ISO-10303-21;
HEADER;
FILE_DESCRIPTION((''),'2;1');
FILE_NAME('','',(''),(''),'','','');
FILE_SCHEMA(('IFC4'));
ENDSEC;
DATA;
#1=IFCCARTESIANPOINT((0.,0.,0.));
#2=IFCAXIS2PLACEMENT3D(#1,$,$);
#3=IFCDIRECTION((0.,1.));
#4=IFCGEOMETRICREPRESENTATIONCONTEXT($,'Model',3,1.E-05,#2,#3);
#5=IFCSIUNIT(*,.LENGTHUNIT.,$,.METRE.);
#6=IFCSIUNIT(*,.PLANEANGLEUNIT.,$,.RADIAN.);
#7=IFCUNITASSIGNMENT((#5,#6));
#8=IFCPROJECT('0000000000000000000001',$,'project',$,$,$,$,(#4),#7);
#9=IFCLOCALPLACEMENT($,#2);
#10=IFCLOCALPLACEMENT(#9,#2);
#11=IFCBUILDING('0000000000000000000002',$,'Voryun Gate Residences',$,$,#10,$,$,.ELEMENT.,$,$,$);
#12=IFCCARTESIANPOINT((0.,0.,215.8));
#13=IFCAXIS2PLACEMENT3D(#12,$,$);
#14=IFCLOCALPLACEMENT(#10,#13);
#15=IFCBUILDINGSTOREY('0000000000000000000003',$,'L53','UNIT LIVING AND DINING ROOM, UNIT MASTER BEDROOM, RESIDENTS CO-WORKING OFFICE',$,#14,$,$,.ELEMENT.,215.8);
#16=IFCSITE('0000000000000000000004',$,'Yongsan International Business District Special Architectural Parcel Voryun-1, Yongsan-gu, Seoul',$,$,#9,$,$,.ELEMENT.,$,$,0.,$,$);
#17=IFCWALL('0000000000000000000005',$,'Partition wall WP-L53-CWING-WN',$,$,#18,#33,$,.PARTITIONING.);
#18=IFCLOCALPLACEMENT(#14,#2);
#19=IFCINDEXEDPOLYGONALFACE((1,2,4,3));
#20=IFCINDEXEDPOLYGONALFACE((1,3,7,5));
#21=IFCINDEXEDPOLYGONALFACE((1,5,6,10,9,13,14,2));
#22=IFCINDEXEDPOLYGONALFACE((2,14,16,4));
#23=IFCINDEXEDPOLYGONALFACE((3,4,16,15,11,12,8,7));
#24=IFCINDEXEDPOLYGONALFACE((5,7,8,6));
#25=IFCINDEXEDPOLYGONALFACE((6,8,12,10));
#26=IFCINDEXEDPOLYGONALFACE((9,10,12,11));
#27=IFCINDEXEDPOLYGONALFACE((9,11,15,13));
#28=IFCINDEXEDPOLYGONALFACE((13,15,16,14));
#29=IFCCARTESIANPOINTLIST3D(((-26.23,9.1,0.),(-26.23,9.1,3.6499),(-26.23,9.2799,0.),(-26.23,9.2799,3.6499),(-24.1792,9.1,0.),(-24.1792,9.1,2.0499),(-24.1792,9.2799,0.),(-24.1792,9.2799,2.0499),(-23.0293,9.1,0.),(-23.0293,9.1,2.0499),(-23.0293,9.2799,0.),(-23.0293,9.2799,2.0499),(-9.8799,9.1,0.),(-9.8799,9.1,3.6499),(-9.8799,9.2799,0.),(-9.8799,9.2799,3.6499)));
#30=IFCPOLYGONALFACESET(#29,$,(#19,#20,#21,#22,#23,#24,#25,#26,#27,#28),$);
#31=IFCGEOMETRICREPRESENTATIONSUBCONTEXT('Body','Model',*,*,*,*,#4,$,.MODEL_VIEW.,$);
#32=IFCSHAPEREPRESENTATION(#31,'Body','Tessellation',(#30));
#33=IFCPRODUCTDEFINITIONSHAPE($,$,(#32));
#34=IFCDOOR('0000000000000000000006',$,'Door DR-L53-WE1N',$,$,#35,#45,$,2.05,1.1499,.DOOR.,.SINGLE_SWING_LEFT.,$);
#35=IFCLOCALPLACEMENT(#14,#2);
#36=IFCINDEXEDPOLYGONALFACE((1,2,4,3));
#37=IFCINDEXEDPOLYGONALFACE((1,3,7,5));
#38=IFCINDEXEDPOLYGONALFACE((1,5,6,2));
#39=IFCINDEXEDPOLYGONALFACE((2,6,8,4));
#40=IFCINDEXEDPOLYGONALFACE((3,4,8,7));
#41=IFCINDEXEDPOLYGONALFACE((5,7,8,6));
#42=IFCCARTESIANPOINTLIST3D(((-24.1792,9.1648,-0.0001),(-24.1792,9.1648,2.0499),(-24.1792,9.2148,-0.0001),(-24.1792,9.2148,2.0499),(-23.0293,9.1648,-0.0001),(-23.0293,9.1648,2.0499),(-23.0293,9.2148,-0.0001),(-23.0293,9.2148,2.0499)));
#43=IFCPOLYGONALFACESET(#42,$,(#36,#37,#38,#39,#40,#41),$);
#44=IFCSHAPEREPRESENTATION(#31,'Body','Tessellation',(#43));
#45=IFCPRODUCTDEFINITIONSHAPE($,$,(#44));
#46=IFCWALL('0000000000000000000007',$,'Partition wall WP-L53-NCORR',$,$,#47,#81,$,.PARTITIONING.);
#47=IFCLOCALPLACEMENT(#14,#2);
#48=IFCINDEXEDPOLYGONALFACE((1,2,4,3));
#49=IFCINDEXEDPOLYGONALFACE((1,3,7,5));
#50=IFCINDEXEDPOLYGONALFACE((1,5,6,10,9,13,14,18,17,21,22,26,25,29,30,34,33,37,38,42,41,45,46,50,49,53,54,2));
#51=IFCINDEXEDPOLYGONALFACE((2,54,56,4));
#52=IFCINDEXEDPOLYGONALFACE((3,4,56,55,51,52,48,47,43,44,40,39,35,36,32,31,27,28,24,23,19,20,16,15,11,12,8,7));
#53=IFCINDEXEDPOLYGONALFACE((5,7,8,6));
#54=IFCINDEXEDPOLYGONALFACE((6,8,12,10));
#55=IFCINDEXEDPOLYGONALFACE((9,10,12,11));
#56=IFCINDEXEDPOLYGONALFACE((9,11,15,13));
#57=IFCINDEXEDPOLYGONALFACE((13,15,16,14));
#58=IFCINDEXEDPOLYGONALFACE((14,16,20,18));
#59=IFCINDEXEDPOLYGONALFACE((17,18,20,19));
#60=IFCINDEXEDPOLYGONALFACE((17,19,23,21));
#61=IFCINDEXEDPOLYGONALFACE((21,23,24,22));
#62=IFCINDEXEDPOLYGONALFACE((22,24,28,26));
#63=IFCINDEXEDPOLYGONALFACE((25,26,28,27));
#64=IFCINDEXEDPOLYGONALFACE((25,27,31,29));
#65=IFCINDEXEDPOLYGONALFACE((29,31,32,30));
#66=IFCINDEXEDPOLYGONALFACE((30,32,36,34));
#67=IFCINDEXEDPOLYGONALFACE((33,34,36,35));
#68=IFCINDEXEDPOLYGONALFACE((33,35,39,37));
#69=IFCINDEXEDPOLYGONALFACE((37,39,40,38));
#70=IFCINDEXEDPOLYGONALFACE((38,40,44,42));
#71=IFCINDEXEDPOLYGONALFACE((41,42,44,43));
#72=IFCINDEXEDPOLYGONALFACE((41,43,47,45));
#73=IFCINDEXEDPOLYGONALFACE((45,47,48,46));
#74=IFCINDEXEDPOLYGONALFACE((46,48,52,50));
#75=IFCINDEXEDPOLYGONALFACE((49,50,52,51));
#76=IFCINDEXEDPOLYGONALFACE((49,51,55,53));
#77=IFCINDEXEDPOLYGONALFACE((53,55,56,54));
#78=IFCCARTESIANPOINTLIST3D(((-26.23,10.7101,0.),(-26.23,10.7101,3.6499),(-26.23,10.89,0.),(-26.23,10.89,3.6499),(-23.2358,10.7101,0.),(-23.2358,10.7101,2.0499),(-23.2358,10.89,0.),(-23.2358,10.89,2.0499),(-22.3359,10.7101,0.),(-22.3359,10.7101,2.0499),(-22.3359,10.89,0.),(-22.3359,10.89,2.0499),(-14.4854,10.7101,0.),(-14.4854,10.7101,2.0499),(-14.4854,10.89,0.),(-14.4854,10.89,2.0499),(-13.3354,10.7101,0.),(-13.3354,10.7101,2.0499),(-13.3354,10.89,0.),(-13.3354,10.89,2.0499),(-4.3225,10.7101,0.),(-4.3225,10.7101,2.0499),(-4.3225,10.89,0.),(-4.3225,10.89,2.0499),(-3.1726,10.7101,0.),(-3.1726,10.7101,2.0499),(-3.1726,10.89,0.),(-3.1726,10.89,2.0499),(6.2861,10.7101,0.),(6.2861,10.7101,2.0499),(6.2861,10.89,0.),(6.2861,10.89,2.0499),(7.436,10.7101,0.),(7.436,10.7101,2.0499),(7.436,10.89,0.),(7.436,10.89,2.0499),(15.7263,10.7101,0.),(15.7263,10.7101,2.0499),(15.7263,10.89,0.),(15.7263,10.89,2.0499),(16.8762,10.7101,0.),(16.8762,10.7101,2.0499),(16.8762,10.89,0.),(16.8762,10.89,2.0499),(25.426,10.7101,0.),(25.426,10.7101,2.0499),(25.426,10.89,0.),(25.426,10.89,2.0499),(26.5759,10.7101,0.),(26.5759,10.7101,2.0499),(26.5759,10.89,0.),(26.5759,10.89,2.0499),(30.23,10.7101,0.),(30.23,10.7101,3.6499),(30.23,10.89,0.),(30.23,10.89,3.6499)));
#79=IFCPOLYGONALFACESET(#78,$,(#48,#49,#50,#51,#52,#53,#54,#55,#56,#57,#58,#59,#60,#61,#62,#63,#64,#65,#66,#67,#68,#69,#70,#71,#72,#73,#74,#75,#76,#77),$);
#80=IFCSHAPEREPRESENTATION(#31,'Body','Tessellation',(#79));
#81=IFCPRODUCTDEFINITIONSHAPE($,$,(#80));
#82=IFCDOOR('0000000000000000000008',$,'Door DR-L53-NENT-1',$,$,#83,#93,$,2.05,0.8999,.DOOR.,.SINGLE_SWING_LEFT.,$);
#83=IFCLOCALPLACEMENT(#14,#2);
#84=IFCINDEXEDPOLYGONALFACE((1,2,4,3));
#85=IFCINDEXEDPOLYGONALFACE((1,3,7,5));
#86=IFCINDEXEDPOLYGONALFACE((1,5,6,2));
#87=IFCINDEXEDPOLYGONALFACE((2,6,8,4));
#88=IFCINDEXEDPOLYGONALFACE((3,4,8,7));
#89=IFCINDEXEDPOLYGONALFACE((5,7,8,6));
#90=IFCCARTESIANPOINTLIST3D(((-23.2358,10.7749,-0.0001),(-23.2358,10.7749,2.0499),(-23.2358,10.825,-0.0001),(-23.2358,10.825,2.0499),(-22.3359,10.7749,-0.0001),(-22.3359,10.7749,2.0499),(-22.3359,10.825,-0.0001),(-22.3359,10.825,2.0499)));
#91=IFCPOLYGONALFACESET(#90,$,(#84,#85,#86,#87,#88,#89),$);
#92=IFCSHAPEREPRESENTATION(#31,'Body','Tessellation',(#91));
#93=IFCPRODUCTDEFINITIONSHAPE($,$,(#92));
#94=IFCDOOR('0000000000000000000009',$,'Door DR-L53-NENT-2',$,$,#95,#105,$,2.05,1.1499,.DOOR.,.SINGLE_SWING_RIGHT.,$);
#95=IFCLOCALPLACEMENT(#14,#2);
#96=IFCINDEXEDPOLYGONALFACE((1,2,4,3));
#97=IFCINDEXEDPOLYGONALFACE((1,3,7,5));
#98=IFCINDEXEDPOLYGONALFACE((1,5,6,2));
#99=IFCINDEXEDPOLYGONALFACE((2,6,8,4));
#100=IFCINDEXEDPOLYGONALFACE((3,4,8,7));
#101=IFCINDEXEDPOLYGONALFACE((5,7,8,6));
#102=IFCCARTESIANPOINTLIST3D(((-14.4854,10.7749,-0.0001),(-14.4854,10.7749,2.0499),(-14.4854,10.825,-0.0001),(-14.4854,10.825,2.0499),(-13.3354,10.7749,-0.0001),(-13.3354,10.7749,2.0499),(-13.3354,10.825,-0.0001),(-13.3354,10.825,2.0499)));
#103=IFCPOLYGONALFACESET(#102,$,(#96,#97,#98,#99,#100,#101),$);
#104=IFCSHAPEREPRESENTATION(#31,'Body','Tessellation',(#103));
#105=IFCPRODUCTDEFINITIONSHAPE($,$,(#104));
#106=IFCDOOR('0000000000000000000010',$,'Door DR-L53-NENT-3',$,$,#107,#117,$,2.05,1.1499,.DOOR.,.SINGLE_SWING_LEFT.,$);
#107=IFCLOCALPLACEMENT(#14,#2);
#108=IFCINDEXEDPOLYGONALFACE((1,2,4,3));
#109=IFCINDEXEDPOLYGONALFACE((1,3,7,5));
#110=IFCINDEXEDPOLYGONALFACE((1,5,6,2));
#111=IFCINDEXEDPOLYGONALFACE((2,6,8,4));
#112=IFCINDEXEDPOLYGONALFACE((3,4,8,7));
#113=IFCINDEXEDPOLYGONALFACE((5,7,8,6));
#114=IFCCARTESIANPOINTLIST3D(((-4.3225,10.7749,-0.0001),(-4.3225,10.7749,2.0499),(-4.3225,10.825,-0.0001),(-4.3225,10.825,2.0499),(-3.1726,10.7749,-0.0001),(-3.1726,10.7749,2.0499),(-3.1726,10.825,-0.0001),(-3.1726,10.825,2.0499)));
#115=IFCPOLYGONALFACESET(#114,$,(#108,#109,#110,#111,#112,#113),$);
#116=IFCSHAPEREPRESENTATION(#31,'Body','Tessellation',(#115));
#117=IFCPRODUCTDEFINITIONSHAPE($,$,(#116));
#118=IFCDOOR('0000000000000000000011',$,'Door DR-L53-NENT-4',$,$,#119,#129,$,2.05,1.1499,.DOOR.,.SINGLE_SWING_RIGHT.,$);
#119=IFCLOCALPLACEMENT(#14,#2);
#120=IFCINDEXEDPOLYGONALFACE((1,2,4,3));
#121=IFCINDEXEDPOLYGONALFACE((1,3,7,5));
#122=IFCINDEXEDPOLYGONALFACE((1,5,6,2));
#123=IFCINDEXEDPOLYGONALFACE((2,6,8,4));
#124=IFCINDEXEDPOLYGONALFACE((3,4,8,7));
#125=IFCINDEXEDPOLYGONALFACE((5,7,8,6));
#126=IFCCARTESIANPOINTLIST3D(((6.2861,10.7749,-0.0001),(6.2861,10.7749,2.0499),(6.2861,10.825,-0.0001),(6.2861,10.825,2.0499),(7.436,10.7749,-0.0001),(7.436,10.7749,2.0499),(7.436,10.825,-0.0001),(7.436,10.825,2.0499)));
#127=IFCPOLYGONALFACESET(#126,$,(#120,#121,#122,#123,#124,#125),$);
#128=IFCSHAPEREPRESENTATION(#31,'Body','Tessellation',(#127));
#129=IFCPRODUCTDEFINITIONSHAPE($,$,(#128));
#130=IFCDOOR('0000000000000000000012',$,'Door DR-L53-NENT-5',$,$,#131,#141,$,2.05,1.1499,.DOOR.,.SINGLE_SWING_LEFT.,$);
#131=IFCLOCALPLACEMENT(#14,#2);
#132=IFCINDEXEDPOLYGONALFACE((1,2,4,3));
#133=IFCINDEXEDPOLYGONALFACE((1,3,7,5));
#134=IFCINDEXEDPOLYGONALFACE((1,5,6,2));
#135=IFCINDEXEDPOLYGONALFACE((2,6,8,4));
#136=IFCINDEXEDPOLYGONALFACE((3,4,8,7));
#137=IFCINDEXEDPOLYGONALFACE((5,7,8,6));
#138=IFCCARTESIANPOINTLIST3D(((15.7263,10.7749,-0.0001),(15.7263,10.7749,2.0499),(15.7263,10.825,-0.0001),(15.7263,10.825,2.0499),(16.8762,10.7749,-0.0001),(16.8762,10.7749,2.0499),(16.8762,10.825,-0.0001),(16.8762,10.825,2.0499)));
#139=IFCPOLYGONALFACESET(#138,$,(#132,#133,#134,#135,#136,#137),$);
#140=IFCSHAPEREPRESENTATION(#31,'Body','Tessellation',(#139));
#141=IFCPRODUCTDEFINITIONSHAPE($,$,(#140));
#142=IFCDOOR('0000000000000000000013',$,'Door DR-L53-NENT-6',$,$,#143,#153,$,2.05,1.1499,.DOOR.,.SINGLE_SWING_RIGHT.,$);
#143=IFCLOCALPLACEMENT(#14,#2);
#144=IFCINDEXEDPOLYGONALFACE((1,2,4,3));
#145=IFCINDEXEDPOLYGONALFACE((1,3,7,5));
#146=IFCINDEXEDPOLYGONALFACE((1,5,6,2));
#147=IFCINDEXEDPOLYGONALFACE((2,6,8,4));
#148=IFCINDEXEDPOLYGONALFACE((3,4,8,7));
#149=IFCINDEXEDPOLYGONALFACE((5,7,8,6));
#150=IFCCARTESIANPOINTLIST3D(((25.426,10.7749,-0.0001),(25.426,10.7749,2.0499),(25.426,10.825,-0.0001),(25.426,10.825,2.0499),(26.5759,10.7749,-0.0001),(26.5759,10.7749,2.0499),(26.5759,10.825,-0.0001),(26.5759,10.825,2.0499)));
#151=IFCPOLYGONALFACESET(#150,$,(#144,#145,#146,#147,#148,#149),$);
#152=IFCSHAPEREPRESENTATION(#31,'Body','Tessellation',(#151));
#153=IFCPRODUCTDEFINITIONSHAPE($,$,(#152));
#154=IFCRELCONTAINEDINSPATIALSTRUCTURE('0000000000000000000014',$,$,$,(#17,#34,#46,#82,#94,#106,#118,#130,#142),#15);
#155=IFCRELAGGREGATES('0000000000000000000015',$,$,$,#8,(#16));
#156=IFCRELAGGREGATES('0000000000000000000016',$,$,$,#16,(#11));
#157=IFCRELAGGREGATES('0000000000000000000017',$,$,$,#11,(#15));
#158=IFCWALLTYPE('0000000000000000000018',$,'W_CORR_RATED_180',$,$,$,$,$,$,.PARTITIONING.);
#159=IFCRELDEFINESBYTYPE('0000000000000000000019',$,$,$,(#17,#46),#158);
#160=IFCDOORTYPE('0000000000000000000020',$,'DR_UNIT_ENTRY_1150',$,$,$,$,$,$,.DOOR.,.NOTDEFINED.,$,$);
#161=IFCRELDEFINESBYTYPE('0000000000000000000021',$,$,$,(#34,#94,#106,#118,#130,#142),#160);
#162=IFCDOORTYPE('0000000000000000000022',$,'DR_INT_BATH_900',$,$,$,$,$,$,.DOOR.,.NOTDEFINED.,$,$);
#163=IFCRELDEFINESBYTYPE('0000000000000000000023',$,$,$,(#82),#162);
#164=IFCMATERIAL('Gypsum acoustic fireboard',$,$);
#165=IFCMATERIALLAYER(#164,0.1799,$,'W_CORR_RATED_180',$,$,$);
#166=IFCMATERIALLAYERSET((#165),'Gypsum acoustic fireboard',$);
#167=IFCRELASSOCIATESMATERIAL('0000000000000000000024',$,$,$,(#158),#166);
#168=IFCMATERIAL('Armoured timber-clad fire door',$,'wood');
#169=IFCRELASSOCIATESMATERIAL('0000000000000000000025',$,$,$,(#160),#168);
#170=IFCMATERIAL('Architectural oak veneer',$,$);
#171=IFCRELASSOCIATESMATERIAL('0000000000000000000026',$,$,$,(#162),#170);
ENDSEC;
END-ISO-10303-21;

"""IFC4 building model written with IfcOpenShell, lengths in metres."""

from ifc_helpers import new_model, si_unit, direction, frame, frame_2d, origin, place, context, subcontext, project, spatial, rectangle, extrude, material, layer, layer_set, type_object, element, fill, save


model = new_model("IFC4")

# Units and contexts
model_context = context("Model", 3, precision=1e-05, world=origin(), true_north=direction((0.0, 1.0)))
body_context = subcontext(model_context, "Body", "Model", "MODEL_VIEW")
ifc_project = project(units=[si_unit("LENGTHUNIT", "METRE"), si_unit("PLANEANGLEUNIT", "RADIAN")], contexts=[model_context])

# Site, building, storey
site_placement = place(None, origin())
site = spatial("IfcSite", under=ifc_project, at=site_placement, Name="Yongsan International Business District Special Architectural Parcel Voryun-1, Yongsan-gu, Seoul", CompositionType="ELEMENT", RefElevation=0.0)
building_placement = place(site_placement, origin())
building = spatial("IfcBuilding", under=site, at=building_placement, Name="Voryun Gate Residences", CompositionType="ELEMENT")
storey_placement = place(building_placement, frame((0.0, 0.0, 215.8)))
storey = spatial("IfcBuildingStorey", under=building, at=storey_placement, Name="L53", Description="UNIT LIVING AND DINING ROOM, UNIT MASTER BEDROOM, RESIDENTS CO-WORKING OFFICE", CompositionType="ELEMENT", Elevation=215.8)

# Wall, opening, door
ifc_material_1 = material(Name="Gypsum acoustic fireboard")
ifc_layer_1 = layer(ifc_material_1, 0.1799, Name="W_CORR_RATED_180")
ifc_layer_set_1 = layer_set([ifc_layer_1], Name="Gypsum acoustic fireboard")
wall_type_1 = type_object("IfcWallType", Name="W_CORR_RATED_180", PredefinedType="PARTITIONING", material=ifc_layer_set_1)
wall_1_placement = place(storey_placement, frame((-26.23, 9.1899, 0.0), z_axis=(0.0, 0.0, 1.0), x_axis=(1.0, 0.0, 0.0)))
wall_1 = element("IfcWall", 1, at=wall_1_placement, inside=storey, type_object=wall_type_1, Name="Partition wall WP-L53-CWING-WN", PredefinedType="PARTITIONING", context=body_context, shape_type="SweptSolid", body=[
    extrude(rectangle(XDim=16.3501, YDim=0.1799, at=frame_2d((8.175, 0.0))), origin(), (0.0, 0.0, 1.0), 3.6499),
])
opening_1_placement = place(wall_1_placement, frame((2.0508, 0.0, 0.0)))
opening_1 = element("IfcOpeningElement", 2, at=opening_1_placement, cuts=wall_1, PredefinedType="OPENING", context=body_context, shape_type="SweptSolid", body=[
    extrude(rectangle(XDim=1.1499, YDim=2.05, at=frame_2d((0.575, 1.0249))), frame((0.0, 0.0999, 0.0), z_axis=(0.0, -1.0, 0.0), x_axis=(1.0, 0.0, 0.0)), (0.0, 0.0, 1.0), 0.2),
])
ifc_material_2 = material(Name="Armoured timber-clad fire door", Category="wood")
door_type_1 = type_object("IfcDoorType", Name="DR_UNIT_ENTRY_1150", OperationType="NOTDEFINED", PredefinedType="DOOR", material=ifc_material_2)
door_1_placement = place(opening_1_placement, origin())
door_1 = element("IfcDoor", 3, at=door_1_placement, inside=storey, type_object=door_type_1, Name="Door DR-L53-WE1N", OperationType="SINGLE_SWING_LEFT", OverallHeight=2.05, OverallWidth=1.1499, PredefinedType="DOOR", context=body_context, shape_type="SweptSolid", body=[
    extrude(rectangle(XDim=1.1499, YDim=2.05, at=frame_2d((0.575, 1.0249))), frame((0.0, 0.0249, 0.0), z_axis=(0.0, -1.0, 0.0), x_axis=(1.0, 0.0, 0.0)), (0.0, 0.0, 1.0), 0.05),
])
fill(opening_1, door_1)

# Wall, openings, doors
wall_2_placement = place(storey_placement, frame((-26.23, 10.8, 0.0), z_axis=(0.0, 0.0, 1.0), x_axis=(1.0, 0.0, 0.0)))
wall_2 = element("IfcWall", 4, at=wall_2_placement, inside=storey, type_object=wall_type_1, Name="Partition wall WP-L53-NCORR", PredefinedType="PARTITIONING", context=body_context, shape_type="SweptSolid", body=[
    extrude(rectangle(XDim=56.46, YDim=0.1799, at=frame_2d((28.23, 0.0))), origin(), (0.0, 0.0, 1.0), 3.6499),
])
opening_2_placement = place(wall_2_placement, frame((2.9941, 0.0, 0.0)))
opening_2 = element("IfcOpeningElement", 5, at=opening_2_placement, cuts=wall_2, PredefinedType="OPENING", context=body_context, shape_type="SweptSolid", body=[
    extrude(rectangle(XDim=0.8999, YDim=2.05, at=frame_2d((0.45, 1.0249))), frame((0.0, 0.0999, 0.0), z_axis=(0.0, -1.0, 0.0), x_axis=(1.0, 0.0, 0.0)), (0.0, 0.0, 1.0), 0.2),
])
opening_3_placement = place(wall_2_placement, frame((11.7446, 0.0, 0.0)))
opening_3 = element("IfcOpeningElement", 6, at=opening_3_placement, cuts=wall_2, PredefinedType="OPENING", context=body_context, shape_type="SweptSolid", body=[
    extrude(rectangle(XDim=1.1499, YDim=2.05, at=frame_2d((0.575, 1.0249))), frame((0.0, 0.0999, 0.0), z_axis=(0.0, -1.0, 0.0), x_axis=(1.0, 0.0, 0.0)), (0.0, 0.0, 1.0), 0.2),
])
opening_4_placement = place(wall_2_placement, frame((21.9075, 0.0, 0.0)))
opening_4 = element("IfcOpeningElement", 7, at=opening_4_placement, cuts=wall_2, PredefinedType="OPENING", context=body_context, shape_type="SweptSolid", body=[
    extrude(rectangle(XDim=1.1499, YDim=2.05, at=frame_2d((0.575, 1.0249))), frame((0.0, 0.0999, 0.0), z_axis=(0.0, -1.0, 0.0), x_axis=(1.0, 0.0, 0.0)), (0.0, 0.0, 1.0), 0.2),
])
opening_5_placement = place(wall_2_placement, frame((32.5161, 0.0, 0.0)))
opening_5 = element("IfcOpeningElement", 8, at=opening_5_placement, cuts=wall_2, PredefinedType="OPENING", context=body_context, shape_type="SweptSolid", body=[
    extrude(rectangle(XDim=1.1499, YDim=2.05, at=frame_2d((0.575, 1.0249))), frame((0.0, 0.0999, 0.0), z_axis=(0.0, -1.0, 0.0), x_axis=(1.0, 0.0, 0.0)), (0.0, 0.0, 1.0), 0.2),
])
opening_6_placement = place(wall_2_placement, frame((41.9563, 0.0, 0.0)))
opening_6 = element("IfcOpeningElement", 9, at=opening_6_placement, cuts=wall_2, PredefinedType="OPENING", context=body_context, shape_type="SweptSolid", body=[
    extrude(rectangle(XDim=1.1499, YDim=2.05, at=frame_2d((0.575, 1.0249))), frame((0.0, 0.0999, 0.0), z_axis=(0.0, -1.0, 0.0), x_axis=(1.0, 0.0, 0.0)), (0.0, 0.0, 1.0), 0.2),
])
opening_7_placement = place(wall_2_placement, frame((51.656, 0.0, 0.0)))
opening_7 = element("IfcOpeningElement", 10, at=opening_7_placement, cuts=wall_2, PredefinedType="OPENING", context=body_context, shape_type="SweptSolid", body=[
    extrude(rectangle(XDim=1.1499, YDim=2.05, at=frame_2d((0.575, 1.0249))), frame((0.0, 0.0999, 0.0), z_axis=(0.0, -1.0, 0.0), x_axis=(1.0, 0.0, 0.0)), (0.0, 0.0, 1.0), 0.2),
])
ifc_material_3 = material(Name="Architectural oak veneer")
door_type_2 = type_object("IfcDoorType", Name="DR_INT_BATH_900", OperationType="NOTDEFINED", PredefinedType="DOOR", material=ifc_material_3)
door_2_placement = place(opening_2_placement, origin())
door_2 = element("IfcDoor", 11, at=door_2_placement, inside=storey, type_object=door_type_2, Name="Door DR-L53-NENT-1", OperationType="SINGLE_SWING_LEFT", OverallHeight=2.05, OverallWidth=0.8999, PredefinedType="DOOR", context=body_context, shape_type="SweptSolid", body=[
    extrude(rectangle(XDim=0.8999, YDim=2.05, at=frame_2d((0.45, 1.0249))), frame((0.0, 0.0249, 0.0), z_axis=(0.0, -1.0, 0.0), x_axis=(1.0, 0.0, 0.0)), (0.0, 0.0, 1.0), 0.05),
])
fill(opening_2, door_2)
door_3_placement = place(opening_3_placement, origin())
door_3 = element("IfcDoor", 12, at=door_3_placement, inside=storey, type_object=door_type_1, Name="Door DR-L53-NENT-2", OperationType="SINGLE_SWING_RIGHT", OverallHeight=2.05, OverallWidth=1.1499, PredefinedType="DOOR", context=body_context, shape_type="SweptSolid", body=[
    extrude(rectangle(XDim=1.1499, YDim=2.05, at=frame_2d((0.575, 1.0249))), frame((0.0, 0.0249, 0.0), z_axis=(0.0, -1.0, 0.0), x_axis=(1.0, 0.0, 0.0)), (0.0, 0.0, 1.0), 0.05),
])
fill(opening_3, door_3)
door_4_placement = place(opening_4_placement, origin())
door_4 = element("IfcDoor", 13, at=door_4_placement, inside=storey, type_object=door_type_1, Name="Door DR-L53-NENT-3", OperationType="SINGLE_SWING_LEFT", OverallHeight=2.05, OverallWidth=1.1499, PredefinedType="DOOR", context=body_context, shape_type="SweptSolid", body=[
    extrude(rectangle(XDim=1.1499, YDim=2.05, at=frame_2d((0.575, 1.0249))), frame((0.0, 0.0249, 0.0), z_axis=(0.0, -1.0, 0.0), x_axis=(1.0, 0.0, 0.0)), (0.0, 0.0, 1.0), 0.05),
])
fill(opening_4, door_4)
door_5_placement = place(opening_5_placement, origin())
door_5 = element("IfcDoor", 14, at=door_5_placement, inside=storey, type_object=door_type_1, Name="Door DR-L53-NENT-4", OperationType="SINGLE_SWING_RIGHT", OverallHeight=2.05, OverallWidth=1.1499, PredefinedType="DOOR", context=body_context, shape_type="SweptSolid", body=[
    extrude(rectangle(XDim=1.1499, YDim=2.05, at=frame_2d((0.575, 1.0249))), frame((0.0, 0.0249, 0.0), z_axis=(0.0, -1.0, 0.0), x_axis=(1.0, 0.0, 0.0)), (0.0, 0.0, 1.0), 0.05),
])
fill(opening_5, door_5)
door_6_placement = place(opening_6_placement, origin())
door_6 = element("IfcDoor", 15, at=door_6_placement, inside=storey, type_object=door_type_1, Name="Door DR-L53-NENT-5", OperationType="SINGLE_SWING_LEFT", OverallHeight=2.05, OverallWidth=1.1499, PredefinedType="DOOR", context=body_context, shape_type="SweptSolid", body=[
    extrude(rectangle(XDim=1.1499, YDim=2.05, at=frame_2d((0.575, 1.0249))), frame((0.0, 0.0249, 0.0), z_axis=(0.0, -1.0, 0.0), x_axis=(1.0, 0.0, 0.0)), (0.0, 0.0, 1.0), 0.05),
])
fill(opening_6, door_6)
door_7_placement = place(opening_7_placement, origin())
door_7 = element("IfcDoor", 16, at=door_7_placement, inside=storey, type_object=door_type_1, Name="Door DR-L53-NENT-6", OperationType="SINGLE_SWING_RIGHT", OverallHeight=2.05, OverallWidth=1.1499, PredefinedType="DOOR", context=body_context, shape_type="SweptSolid", body=[
    extrude(rectangle(XDim=1.1499, YDim=2.05, at=frame_2d((0.575, 1.0249))), frame((0.0, 0.0249, 0.0), z_axis=(0.0, -1.0, 0.0), x_axis=(1.0, 0.0, 0.0)), (0.0, 0.0, 1.0), 0.05),
])
fill(opening_7, door_7)

save(model, "model.ifc")
